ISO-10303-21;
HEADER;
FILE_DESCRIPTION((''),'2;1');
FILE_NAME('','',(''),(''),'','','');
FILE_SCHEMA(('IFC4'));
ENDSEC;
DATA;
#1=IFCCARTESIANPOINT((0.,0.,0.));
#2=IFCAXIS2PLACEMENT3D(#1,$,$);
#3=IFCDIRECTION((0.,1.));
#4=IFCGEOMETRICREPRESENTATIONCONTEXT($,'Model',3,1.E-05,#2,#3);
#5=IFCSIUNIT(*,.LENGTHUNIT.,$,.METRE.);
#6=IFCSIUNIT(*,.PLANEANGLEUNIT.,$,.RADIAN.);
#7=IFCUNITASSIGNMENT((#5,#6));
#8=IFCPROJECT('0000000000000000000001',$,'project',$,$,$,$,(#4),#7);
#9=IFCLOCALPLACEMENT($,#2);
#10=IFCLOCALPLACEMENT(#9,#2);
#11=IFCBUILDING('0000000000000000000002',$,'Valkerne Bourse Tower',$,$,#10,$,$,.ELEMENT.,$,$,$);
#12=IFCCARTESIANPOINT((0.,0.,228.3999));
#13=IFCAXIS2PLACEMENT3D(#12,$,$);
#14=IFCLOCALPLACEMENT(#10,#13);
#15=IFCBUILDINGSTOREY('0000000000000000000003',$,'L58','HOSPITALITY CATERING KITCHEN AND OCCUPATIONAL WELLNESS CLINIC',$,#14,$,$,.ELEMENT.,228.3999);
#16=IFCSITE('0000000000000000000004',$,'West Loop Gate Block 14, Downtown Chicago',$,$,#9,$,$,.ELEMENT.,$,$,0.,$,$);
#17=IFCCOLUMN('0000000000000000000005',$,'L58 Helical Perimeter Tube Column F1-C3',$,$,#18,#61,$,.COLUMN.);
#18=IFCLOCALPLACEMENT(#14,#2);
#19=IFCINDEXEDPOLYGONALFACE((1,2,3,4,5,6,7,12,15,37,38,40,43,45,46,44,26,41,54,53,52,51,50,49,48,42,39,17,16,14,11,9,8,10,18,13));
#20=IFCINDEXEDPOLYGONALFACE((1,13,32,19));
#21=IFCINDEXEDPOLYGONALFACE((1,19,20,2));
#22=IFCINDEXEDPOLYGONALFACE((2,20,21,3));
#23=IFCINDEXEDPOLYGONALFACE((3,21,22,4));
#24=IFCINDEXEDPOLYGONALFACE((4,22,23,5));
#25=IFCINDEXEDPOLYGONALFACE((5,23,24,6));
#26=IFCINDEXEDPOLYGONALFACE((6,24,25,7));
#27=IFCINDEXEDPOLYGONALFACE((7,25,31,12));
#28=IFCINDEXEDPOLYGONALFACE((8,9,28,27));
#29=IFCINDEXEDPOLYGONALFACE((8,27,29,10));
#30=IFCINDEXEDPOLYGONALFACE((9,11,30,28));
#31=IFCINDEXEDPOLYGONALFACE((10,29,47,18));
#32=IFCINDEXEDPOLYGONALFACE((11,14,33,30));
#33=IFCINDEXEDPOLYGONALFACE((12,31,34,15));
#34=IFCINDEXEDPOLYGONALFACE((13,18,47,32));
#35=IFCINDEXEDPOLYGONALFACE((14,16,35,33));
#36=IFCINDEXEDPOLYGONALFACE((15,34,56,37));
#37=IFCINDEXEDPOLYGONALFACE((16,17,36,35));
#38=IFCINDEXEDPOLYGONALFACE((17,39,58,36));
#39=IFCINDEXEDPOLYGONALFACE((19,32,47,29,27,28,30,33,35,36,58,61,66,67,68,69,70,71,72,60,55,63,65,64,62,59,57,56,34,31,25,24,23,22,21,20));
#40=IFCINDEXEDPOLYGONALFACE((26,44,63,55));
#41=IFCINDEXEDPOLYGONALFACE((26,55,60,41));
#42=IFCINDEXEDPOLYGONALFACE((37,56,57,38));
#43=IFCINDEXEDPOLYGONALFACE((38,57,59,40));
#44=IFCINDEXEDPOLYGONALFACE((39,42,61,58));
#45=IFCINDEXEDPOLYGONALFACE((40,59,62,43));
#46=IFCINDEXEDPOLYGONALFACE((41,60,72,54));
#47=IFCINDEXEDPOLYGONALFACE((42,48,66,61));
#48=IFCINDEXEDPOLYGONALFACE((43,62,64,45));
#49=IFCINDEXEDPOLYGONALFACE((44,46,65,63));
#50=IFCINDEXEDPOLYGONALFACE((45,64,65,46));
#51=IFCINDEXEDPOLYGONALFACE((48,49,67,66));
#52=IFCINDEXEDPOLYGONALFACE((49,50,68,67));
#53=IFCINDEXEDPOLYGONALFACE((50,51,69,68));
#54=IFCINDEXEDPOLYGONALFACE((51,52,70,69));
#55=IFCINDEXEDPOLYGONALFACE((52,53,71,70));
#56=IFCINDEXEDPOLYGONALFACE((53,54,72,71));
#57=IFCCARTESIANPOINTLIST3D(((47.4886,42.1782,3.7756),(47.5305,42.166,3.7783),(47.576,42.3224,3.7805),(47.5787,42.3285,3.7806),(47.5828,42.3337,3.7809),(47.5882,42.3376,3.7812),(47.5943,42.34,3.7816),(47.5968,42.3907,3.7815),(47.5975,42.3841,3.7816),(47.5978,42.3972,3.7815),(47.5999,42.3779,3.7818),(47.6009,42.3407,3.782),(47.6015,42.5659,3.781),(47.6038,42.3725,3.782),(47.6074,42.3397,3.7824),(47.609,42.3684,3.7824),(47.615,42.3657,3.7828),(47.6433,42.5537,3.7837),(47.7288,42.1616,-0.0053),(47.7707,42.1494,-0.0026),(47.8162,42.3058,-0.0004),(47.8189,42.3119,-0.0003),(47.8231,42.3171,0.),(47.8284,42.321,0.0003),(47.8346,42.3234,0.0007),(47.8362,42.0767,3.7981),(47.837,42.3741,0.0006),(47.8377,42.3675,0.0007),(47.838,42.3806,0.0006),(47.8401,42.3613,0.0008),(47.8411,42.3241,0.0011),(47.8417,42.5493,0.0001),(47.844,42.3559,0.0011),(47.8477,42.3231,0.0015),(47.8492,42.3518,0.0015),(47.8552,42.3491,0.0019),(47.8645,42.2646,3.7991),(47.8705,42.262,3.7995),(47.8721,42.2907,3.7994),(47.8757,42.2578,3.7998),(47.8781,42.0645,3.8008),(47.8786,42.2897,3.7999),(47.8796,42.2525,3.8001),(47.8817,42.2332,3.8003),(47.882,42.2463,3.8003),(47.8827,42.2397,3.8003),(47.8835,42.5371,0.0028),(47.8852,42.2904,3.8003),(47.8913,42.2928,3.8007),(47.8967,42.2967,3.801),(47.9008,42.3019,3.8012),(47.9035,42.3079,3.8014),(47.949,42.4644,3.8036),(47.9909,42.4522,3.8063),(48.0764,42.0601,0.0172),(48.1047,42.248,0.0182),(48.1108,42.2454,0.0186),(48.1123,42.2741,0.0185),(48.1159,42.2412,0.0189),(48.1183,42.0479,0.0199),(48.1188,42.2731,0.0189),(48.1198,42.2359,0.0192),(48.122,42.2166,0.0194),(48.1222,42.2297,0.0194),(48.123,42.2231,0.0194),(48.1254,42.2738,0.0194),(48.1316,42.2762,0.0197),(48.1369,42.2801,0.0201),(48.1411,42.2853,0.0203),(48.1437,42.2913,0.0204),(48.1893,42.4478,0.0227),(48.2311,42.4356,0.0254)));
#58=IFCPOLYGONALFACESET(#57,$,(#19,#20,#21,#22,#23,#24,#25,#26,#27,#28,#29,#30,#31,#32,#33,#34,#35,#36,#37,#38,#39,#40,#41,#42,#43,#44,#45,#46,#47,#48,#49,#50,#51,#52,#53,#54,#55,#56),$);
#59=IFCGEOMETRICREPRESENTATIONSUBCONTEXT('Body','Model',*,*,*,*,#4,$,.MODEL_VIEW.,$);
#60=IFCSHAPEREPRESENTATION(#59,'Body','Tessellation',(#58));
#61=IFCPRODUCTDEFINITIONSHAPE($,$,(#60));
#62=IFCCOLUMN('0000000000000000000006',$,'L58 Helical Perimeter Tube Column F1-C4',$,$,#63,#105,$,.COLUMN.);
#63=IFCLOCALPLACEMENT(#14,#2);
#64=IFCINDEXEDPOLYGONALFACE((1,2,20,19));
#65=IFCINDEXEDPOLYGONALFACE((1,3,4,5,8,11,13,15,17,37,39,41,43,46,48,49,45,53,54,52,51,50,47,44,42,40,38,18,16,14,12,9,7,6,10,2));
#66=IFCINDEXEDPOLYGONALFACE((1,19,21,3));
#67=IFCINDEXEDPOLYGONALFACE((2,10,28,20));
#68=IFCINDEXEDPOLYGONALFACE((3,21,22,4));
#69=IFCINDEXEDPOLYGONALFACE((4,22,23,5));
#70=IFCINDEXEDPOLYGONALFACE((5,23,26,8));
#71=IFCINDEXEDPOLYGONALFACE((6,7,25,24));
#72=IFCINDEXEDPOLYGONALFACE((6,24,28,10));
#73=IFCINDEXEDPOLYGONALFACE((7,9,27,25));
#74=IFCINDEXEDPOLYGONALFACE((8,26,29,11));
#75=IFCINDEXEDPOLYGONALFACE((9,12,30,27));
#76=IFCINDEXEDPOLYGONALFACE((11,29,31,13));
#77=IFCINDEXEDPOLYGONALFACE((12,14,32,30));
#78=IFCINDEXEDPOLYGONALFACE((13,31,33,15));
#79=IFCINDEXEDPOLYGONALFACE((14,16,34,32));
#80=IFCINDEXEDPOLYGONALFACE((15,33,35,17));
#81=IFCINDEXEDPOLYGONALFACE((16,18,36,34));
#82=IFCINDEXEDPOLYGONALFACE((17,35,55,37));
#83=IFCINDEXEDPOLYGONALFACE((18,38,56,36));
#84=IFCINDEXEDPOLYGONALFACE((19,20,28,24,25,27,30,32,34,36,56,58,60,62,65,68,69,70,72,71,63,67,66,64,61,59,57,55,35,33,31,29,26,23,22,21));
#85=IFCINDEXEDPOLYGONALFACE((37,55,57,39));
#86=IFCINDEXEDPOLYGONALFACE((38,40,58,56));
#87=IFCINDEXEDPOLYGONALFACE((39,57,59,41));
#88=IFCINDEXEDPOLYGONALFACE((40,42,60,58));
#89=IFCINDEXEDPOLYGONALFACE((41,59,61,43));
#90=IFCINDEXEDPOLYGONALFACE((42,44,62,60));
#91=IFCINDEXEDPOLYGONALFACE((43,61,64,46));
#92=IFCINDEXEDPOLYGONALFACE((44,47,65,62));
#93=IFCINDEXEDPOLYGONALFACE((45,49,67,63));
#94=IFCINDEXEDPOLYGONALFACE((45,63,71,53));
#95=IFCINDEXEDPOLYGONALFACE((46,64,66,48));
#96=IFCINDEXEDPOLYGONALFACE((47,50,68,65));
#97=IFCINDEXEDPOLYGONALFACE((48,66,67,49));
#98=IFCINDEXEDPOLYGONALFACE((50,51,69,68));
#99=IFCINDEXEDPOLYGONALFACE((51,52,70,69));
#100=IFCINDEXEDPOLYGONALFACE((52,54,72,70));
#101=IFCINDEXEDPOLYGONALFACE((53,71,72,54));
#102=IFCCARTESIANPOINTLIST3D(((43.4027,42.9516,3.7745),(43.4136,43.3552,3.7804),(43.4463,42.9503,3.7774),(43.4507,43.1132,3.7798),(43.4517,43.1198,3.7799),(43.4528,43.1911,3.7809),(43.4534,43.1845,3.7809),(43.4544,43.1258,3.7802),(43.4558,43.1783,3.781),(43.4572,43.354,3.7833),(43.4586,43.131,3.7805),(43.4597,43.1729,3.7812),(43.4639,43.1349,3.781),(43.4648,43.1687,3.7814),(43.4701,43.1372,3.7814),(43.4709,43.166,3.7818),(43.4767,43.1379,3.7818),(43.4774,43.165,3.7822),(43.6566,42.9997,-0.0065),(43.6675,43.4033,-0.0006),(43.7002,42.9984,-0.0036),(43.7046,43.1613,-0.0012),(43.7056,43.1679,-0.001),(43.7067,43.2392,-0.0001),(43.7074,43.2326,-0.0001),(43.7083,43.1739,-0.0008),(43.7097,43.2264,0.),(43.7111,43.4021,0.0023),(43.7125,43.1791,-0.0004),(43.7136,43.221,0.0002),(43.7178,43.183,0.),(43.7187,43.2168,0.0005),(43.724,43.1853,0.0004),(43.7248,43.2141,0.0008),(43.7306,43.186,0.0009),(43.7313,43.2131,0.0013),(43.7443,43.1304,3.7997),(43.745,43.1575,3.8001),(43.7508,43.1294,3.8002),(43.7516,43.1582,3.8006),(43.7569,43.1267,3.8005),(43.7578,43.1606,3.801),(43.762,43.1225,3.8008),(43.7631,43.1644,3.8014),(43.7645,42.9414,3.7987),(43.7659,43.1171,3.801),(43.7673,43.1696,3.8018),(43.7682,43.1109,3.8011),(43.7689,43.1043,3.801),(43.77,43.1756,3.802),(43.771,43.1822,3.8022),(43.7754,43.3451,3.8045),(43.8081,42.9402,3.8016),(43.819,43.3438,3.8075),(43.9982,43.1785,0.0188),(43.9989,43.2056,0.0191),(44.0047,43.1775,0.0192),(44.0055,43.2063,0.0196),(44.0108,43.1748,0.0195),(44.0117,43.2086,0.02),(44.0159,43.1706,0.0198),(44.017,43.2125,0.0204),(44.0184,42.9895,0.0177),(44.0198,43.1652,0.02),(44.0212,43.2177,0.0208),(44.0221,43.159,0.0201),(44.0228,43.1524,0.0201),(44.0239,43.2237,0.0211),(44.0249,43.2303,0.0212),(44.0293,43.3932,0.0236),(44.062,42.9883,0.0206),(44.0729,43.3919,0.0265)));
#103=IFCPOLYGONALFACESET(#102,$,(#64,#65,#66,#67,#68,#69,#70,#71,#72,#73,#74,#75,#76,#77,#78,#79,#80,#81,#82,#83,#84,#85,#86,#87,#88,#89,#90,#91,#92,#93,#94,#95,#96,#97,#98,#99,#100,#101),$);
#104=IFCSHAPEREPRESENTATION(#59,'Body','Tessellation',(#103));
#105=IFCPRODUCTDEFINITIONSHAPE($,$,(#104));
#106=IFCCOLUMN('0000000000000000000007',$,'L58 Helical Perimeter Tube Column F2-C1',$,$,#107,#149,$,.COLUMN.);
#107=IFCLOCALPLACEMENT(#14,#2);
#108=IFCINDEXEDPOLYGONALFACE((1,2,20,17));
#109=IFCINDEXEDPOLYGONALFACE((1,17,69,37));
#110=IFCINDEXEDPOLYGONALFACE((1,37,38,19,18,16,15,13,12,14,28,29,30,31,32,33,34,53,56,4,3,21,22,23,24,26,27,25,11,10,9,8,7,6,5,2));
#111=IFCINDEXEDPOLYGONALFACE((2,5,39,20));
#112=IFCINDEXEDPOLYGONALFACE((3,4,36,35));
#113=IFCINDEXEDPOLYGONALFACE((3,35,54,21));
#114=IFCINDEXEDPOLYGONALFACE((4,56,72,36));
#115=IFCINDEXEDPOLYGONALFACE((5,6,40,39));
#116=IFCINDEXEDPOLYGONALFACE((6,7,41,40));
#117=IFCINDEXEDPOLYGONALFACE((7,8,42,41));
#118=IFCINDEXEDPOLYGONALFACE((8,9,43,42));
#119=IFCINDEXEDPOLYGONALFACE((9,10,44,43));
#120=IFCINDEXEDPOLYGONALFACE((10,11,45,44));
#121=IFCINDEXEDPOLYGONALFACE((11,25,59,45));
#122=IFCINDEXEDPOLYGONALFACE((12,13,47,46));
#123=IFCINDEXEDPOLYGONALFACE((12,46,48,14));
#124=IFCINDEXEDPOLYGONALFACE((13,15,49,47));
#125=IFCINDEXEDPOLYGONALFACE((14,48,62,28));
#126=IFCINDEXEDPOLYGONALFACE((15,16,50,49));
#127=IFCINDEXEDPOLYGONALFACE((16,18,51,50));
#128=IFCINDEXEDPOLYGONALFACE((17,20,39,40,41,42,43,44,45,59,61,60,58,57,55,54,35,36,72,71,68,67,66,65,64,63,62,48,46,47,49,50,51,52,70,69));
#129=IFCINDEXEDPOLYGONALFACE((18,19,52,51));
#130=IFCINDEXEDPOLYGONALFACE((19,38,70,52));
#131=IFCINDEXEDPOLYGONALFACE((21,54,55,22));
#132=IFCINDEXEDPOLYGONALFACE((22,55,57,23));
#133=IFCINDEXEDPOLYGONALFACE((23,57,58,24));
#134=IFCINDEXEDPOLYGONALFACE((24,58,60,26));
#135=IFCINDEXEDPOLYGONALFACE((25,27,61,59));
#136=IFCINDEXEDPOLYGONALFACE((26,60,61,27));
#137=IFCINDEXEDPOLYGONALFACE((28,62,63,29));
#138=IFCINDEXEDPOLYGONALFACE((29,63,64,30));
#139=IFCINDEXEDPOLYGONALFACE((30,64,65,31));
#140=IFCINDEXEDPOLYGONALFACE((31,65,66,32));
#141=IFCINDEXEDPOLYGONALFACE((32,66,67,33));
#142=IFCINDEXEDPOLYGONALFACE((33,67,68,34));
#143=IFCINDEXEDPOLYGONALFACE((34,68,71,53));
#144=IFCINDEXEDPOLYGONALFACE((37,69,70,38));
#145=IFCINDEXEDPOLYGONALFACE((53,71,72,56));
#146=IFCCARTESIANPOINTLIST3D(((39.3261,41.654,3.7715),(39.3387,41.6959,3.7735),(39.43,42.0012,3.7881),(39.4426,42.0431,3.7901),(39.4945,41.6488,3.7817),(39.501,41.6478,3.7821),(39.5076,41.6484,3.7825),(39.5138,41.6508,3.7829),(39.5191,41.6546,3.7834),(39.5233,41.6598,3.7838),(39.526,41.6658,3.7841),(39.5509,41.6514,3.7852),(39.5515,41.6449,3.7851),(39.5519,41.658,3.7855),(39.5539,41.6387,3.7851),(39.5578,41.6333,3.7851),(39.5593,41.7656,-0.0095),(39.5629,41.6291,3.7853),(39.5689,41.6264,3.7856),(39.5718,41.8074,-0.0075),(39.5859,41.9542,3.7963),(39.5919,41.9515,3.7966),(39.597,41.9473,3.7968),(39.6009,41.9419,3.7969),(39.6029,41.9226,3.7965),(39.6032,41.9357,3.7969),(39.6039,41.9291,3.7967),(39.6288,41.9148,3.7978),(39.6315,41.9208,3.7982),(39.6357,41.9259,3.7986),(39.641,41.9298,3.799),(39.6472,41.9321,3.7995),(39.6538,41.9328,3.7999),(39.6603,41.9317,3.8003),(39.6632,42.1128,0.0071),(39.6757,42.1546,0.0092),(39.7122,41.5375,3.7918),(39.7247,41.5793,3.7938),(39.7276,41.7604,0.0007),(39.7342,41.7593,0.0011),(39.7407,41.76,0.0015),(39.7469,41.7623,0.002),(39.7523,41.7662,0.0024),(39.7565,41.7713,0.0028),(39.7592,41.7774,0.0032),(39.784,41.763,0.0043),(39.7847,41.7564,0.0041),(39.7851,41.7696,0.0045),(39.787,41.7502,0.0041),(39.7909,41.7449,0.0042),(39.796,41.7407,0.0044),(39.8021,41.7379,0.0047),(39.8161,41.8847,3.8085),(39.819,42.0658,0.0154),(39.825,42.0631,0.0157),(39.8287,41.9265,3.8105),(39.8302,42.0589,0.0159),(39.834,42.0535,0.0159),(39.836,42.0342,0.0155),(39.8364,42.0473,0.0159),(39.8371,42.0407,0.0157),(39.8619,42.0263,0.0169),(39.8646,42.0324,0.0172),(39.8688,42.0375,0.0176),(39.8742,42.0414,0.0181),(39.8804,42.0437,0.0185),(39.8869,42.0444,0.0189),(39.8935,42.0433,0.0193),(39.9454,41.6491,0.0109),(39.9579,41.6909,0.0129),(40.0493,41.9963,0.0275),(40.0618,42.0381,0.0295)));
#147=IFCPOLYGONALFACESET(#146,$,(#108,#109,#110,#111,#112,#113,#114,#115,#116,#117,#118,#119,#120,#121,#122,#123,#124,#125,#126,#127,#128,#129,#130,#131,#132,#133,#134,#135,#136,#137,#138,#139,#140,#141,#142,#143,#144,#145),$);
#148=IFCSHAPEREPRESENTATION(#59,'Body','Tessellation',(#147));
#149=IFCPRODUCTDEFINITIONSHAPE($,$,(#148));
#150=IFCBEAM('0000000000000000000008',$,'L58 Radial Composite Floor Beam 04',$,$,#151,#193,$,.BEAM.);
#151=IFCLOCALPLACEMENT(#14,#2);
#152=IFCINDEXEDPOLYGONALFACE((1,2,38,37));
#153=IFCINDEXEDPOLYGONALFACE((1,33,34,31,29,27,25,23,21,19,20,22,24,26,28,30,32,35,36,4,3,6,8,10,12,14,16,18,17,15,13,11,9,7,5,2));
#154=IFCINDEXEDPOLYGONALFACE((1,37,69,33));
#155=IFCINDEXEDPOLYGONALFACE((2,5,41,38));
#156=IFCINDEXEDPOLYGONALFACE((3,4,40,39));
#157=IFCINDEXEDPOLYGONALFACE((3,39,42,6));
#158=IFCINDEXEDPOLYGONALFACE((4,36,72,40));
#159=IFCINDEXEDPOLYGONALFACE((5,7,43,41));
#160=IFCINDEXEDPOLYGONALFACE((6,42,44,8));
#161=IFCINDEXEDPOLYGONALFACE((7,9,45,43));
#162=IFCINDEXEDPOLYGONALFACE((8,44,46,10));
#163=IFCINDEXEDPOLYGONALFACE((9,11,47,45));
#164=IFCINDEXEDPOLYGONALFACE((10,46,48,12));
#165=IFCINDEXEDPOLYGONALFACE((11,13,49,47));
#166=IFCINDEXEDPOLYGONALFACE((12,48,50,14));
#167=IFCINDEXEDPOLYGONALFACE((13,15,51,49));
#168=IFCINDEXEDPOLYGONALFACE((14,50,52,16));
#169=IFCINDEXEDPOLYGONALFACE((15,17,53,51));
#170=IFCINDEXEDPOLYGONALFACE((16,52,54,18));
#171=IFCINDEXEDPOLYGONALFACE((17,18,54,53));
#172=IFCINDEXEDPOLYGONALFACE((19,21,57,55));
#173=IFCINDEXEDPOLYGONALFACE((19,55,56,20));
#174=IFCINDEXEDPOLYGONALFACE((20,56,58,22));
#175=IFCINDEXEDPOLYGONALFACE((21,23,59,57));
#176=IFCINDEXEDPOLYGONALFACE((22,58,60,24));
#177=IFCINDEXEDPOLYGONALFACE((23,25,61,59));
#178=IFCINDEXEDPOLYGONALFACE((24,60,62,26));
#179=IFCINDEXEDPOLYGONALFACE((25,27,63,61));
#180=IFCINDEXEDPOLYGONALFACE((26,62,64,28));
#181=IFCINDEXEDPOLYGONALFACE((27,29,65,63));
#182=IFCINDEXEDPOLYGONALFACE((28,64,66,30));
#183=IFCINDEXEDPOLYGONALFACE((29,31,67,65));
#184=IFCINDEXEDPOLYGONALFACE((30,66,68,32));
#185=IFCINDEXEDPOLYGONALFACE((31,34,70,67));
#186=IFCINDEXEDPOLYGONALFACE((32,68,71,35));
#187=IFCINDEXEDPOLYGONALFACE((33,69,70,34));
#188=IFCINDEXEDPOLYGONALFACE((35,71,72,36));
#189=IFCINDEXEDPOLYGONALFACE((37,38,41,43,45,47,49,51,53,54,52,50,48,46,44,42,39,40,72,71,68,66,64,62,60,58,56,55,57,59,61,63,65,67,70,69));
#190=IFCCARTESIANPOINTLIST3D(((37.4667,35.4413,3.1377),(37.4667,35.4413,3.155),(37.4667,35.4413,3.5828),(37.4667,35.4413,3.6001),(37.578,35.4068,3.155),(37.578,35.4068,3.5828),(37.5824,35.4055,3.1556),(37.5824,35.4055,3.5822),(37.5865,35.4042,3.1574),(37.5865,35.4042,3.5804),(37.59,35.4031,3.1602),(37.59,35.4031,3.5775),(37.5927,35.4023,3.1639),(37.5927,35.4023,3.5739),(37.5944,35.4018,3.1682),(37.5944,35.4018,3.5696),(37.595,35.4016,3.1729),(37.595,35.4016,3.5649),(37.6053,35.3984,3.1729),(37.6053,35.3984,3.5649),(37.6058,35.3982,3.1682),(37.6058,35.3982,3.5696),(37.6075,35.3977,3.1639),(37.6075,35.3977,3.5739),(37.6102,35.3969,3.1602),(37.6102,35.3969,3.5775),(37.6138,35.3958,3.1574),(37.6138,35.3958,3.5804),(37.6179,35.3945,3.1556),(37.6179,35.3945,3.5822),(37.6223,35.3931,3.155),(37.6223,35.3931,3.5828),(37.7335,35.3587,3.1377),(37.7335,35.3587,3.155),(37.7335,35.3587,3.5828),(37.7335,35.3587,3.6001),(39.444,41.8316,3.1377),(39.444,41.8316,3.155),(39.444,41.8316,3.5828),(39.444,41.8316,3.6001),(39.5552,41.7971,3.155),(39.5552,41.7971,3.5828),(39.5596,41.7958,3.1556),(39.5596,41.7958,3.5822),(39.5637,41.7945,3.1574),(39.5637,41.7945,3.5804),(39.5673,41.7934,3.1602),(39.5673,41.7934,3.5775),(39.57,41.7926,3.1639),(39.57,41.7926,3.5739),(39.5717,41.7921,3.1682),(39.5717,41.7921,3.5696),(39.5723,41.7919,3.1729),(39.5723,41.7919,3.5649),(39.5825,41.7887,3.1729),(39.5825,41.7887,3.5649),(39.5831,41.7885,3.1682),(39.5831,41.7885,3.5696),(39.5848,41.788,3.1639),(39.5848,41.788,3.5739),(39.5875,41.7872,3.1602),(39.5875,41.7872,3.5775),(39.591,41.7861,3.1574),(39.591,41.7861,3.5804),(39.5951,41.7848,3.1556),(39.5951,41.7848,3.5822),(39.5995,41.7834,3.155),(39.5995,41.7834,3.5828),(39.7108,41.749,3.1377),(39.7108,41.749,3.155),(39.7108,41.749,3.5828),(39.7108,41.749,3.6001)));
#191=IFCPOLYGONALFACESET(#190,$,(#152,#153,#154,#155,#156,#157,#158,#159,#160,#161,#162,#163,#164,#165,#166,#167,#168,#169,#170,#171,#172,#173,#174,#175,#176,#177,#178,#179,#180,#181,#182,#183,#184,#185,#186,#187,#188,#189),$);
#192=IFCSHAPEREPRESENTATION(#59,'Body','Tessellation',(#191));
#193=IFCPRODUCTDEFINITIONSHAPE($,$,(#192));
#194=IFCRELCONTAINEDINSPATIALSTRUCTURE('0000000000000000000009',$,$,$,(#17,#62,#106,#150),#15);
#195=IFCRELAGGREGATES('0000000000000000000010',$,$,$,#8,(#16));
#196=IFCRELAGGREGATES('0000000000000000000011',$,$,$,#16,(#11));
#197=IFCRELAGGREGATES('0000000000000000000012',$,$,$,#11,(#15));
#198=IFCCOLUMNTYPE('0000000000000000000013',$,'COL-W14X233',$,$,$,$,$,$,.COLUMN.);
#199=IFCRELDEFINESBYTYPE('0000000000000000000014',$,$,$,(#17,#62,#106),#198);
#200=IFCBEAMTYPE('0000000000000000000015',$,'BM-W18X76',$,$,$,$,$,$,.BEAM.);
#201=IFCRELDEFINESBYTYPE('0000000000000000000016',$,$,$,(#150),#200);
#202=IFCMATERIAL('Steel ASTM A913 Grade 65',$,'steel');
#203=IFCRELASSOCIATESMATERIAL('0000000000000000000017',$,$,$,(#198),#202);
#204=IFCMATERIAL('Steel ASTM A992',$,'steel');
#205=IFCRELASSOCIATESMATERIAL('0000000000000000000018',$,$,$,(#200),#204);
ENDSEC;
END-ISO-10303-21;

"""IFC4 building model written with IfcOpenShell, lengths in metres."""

from ifc_helpers import new_model, si_unit, direction, frame, origin, origin_2d, place, context, subcontext, project, spatial, i_section, extrude, material, material_profile, profile_set, type_object, element, save


model = new_model("IFC4")

# Units and contexts
model_context = context("Model", 3, precision=1e-05, world=origin(), true_north=direction((0.0, 1.0)))
body_context = subcontext(model_context, "Body", "Model", "MODEL_VIEW")
ifc_project = project(units=[si_unit("LENGTHUNIT", "METRE"), si_unit("PLANEANGLEUNIT", "RADIAN")], contexts=[model_context])

# Site, building, storey
site_placement = place(None, origin())
site = spatial("IfcSite", under=ifc_project, at=site_placement, Name="West Loop Gate Block 14, Downtown Chicago", CompositionType="ELEMENT", RefElevation=0.0)
building_placement = place(site_placement, origin())
building = spatial("IfcBuilding", under=site, at=building_placement, Name="Valkerne Bourse Tower", CompositionType="ELEMENT")
storey_placement = place(building_placement, frame((0.0, 0.0, 228.3999)))
storey = spatial("IfcBuildingStorey", under=building, at=storey_placement, Name="L58", Description="HOSPITALITY CATERING KITCHEN AND OCCUPATIONAL WELLNESS CLINIC", CompositionType="ELEMENT", Elevation=228.3999)

# Columns
ifc_material_1 = material(Name="Steel ASTM A913 Grade 65", Category="steel")
ifc_material_profile_1 = material_profile(ifc_material_1, i_section(OverallWidth=0.4038, OverallDepth=0.4065, WebThickness=0.0271, FlangeThickness=0.0437, FilletRadius=0.0254, at=origin_2d()), Name="W14X233")
ifc_profile_set_1 = profile_set([ifc_material_profile_1], Name="Steel ASTM A913 Grade 65")
column_type = type_object("IfcColumnType", Name="COL-W14X233", PredefinedType="COLUMN", material=ifc_profile_set_1)
column_placement = place(storey_placement, frame((47.98, 42.2986, 0.01), z_axis=(-0.063409, 0.004382, 0.997978), x_axis=(0.279453, 0.960064, 0.01354)))
element("IfcColumn", 1, at=column_placement, inside=storey, type_object=column_type, Name="L58 Helical Perimeter Tube Column F1-C3", PredefinedType="COLUMN", context=body_context, shape_type="SweptSolid", body=[
    extrude(i_section(OverallWidth=0.4038, OverallDepth=0.4065, WebThickness=0.0271, FlangeThickness=0.0437, FilletRadius=0.0254, at=origin_2d()), origin(), (0.0, 0.0, 1.0), 3.7886),
])
for number, where, z_axis, x_axis, name in (
    (2, (43.8647, 43.1958, 0.01), (-0.066997, -0.012691, 0.997672), (0.02698, 0.99953, 0.014526), "L58 Helical Perimeter Tube Column F1-C4"),
    (3, (39.8105, 41.9019, 0.01), (-0.061521, -0.02944, 0.997672), (-0.956132, 0.28856, -0.050445), "L58 Helical Perimeter Tube Column F2-C1"),
):
    element("IfcColumn", number, at=place(storey_placement, frame(where, z_axis=z_axis, x_axis=x_axis)), inside=storey, type_object=column_type, Name=name, PredefinedType="COLUMN", context=body_context, shape_type="SweptSolid", body=[
        extrude(i_section(OverallWidth=0.4038, OverallDepth=0.4065, WebThickness=0.0271, FlangeThickness=0.0437, FilletRadius=0.0254, at=origin_2d()), origin(), (0.0, 0.0, 1.0), 3.7898),
    ])

# Beam
ifc_material_2 = material(Name="Steel ASTM A992", Category="steel")
ifc_material_profile_2 = material_profile(ifc_material_2, i_section(OverallWidth=0.2793, OverallDepth=0.4624, WebThickness=0.0107, FlangeThickness=0.0173, FilletRadius=0.0178, at=origin_2d()), Name="W18X76")
ifc_profile_set_2 = profile_set([ifc_material_profile_2], Name="Steel ASTM A992")
beam_type_1 = type_object("IfcBeamType", Name="BM-W18X76", PredefinedType="BEAM", material=ifc_profile_set_2)
beam_1_placement = place(storey_placement, frame((39.5774, 41.7903, 3.3689), z_axis=(-0.295591, -0.955315, 0.0), x_axis=(0.955315, -0.295591, 0.0)))
element("IfcBeam", 4, at=beam_1_placement, inside=storey, type_object=beam_type_1, Name="L58 Radial Composite Floor Beam 04", PredefinedType="BEAM", context=body_context, shape_type="SweptSolid", body=[
    extrude(i_section(OverallWidth=0.2793, OverallDepth=0.4624, WebThickness=0.0107, FlangeThickness=0.0173, FilletRadius=0.0178, at=origin_2d()), origin(), (0.0, 0.0, 1.0), 6.6892),
])

save(model, "model.ifc")
